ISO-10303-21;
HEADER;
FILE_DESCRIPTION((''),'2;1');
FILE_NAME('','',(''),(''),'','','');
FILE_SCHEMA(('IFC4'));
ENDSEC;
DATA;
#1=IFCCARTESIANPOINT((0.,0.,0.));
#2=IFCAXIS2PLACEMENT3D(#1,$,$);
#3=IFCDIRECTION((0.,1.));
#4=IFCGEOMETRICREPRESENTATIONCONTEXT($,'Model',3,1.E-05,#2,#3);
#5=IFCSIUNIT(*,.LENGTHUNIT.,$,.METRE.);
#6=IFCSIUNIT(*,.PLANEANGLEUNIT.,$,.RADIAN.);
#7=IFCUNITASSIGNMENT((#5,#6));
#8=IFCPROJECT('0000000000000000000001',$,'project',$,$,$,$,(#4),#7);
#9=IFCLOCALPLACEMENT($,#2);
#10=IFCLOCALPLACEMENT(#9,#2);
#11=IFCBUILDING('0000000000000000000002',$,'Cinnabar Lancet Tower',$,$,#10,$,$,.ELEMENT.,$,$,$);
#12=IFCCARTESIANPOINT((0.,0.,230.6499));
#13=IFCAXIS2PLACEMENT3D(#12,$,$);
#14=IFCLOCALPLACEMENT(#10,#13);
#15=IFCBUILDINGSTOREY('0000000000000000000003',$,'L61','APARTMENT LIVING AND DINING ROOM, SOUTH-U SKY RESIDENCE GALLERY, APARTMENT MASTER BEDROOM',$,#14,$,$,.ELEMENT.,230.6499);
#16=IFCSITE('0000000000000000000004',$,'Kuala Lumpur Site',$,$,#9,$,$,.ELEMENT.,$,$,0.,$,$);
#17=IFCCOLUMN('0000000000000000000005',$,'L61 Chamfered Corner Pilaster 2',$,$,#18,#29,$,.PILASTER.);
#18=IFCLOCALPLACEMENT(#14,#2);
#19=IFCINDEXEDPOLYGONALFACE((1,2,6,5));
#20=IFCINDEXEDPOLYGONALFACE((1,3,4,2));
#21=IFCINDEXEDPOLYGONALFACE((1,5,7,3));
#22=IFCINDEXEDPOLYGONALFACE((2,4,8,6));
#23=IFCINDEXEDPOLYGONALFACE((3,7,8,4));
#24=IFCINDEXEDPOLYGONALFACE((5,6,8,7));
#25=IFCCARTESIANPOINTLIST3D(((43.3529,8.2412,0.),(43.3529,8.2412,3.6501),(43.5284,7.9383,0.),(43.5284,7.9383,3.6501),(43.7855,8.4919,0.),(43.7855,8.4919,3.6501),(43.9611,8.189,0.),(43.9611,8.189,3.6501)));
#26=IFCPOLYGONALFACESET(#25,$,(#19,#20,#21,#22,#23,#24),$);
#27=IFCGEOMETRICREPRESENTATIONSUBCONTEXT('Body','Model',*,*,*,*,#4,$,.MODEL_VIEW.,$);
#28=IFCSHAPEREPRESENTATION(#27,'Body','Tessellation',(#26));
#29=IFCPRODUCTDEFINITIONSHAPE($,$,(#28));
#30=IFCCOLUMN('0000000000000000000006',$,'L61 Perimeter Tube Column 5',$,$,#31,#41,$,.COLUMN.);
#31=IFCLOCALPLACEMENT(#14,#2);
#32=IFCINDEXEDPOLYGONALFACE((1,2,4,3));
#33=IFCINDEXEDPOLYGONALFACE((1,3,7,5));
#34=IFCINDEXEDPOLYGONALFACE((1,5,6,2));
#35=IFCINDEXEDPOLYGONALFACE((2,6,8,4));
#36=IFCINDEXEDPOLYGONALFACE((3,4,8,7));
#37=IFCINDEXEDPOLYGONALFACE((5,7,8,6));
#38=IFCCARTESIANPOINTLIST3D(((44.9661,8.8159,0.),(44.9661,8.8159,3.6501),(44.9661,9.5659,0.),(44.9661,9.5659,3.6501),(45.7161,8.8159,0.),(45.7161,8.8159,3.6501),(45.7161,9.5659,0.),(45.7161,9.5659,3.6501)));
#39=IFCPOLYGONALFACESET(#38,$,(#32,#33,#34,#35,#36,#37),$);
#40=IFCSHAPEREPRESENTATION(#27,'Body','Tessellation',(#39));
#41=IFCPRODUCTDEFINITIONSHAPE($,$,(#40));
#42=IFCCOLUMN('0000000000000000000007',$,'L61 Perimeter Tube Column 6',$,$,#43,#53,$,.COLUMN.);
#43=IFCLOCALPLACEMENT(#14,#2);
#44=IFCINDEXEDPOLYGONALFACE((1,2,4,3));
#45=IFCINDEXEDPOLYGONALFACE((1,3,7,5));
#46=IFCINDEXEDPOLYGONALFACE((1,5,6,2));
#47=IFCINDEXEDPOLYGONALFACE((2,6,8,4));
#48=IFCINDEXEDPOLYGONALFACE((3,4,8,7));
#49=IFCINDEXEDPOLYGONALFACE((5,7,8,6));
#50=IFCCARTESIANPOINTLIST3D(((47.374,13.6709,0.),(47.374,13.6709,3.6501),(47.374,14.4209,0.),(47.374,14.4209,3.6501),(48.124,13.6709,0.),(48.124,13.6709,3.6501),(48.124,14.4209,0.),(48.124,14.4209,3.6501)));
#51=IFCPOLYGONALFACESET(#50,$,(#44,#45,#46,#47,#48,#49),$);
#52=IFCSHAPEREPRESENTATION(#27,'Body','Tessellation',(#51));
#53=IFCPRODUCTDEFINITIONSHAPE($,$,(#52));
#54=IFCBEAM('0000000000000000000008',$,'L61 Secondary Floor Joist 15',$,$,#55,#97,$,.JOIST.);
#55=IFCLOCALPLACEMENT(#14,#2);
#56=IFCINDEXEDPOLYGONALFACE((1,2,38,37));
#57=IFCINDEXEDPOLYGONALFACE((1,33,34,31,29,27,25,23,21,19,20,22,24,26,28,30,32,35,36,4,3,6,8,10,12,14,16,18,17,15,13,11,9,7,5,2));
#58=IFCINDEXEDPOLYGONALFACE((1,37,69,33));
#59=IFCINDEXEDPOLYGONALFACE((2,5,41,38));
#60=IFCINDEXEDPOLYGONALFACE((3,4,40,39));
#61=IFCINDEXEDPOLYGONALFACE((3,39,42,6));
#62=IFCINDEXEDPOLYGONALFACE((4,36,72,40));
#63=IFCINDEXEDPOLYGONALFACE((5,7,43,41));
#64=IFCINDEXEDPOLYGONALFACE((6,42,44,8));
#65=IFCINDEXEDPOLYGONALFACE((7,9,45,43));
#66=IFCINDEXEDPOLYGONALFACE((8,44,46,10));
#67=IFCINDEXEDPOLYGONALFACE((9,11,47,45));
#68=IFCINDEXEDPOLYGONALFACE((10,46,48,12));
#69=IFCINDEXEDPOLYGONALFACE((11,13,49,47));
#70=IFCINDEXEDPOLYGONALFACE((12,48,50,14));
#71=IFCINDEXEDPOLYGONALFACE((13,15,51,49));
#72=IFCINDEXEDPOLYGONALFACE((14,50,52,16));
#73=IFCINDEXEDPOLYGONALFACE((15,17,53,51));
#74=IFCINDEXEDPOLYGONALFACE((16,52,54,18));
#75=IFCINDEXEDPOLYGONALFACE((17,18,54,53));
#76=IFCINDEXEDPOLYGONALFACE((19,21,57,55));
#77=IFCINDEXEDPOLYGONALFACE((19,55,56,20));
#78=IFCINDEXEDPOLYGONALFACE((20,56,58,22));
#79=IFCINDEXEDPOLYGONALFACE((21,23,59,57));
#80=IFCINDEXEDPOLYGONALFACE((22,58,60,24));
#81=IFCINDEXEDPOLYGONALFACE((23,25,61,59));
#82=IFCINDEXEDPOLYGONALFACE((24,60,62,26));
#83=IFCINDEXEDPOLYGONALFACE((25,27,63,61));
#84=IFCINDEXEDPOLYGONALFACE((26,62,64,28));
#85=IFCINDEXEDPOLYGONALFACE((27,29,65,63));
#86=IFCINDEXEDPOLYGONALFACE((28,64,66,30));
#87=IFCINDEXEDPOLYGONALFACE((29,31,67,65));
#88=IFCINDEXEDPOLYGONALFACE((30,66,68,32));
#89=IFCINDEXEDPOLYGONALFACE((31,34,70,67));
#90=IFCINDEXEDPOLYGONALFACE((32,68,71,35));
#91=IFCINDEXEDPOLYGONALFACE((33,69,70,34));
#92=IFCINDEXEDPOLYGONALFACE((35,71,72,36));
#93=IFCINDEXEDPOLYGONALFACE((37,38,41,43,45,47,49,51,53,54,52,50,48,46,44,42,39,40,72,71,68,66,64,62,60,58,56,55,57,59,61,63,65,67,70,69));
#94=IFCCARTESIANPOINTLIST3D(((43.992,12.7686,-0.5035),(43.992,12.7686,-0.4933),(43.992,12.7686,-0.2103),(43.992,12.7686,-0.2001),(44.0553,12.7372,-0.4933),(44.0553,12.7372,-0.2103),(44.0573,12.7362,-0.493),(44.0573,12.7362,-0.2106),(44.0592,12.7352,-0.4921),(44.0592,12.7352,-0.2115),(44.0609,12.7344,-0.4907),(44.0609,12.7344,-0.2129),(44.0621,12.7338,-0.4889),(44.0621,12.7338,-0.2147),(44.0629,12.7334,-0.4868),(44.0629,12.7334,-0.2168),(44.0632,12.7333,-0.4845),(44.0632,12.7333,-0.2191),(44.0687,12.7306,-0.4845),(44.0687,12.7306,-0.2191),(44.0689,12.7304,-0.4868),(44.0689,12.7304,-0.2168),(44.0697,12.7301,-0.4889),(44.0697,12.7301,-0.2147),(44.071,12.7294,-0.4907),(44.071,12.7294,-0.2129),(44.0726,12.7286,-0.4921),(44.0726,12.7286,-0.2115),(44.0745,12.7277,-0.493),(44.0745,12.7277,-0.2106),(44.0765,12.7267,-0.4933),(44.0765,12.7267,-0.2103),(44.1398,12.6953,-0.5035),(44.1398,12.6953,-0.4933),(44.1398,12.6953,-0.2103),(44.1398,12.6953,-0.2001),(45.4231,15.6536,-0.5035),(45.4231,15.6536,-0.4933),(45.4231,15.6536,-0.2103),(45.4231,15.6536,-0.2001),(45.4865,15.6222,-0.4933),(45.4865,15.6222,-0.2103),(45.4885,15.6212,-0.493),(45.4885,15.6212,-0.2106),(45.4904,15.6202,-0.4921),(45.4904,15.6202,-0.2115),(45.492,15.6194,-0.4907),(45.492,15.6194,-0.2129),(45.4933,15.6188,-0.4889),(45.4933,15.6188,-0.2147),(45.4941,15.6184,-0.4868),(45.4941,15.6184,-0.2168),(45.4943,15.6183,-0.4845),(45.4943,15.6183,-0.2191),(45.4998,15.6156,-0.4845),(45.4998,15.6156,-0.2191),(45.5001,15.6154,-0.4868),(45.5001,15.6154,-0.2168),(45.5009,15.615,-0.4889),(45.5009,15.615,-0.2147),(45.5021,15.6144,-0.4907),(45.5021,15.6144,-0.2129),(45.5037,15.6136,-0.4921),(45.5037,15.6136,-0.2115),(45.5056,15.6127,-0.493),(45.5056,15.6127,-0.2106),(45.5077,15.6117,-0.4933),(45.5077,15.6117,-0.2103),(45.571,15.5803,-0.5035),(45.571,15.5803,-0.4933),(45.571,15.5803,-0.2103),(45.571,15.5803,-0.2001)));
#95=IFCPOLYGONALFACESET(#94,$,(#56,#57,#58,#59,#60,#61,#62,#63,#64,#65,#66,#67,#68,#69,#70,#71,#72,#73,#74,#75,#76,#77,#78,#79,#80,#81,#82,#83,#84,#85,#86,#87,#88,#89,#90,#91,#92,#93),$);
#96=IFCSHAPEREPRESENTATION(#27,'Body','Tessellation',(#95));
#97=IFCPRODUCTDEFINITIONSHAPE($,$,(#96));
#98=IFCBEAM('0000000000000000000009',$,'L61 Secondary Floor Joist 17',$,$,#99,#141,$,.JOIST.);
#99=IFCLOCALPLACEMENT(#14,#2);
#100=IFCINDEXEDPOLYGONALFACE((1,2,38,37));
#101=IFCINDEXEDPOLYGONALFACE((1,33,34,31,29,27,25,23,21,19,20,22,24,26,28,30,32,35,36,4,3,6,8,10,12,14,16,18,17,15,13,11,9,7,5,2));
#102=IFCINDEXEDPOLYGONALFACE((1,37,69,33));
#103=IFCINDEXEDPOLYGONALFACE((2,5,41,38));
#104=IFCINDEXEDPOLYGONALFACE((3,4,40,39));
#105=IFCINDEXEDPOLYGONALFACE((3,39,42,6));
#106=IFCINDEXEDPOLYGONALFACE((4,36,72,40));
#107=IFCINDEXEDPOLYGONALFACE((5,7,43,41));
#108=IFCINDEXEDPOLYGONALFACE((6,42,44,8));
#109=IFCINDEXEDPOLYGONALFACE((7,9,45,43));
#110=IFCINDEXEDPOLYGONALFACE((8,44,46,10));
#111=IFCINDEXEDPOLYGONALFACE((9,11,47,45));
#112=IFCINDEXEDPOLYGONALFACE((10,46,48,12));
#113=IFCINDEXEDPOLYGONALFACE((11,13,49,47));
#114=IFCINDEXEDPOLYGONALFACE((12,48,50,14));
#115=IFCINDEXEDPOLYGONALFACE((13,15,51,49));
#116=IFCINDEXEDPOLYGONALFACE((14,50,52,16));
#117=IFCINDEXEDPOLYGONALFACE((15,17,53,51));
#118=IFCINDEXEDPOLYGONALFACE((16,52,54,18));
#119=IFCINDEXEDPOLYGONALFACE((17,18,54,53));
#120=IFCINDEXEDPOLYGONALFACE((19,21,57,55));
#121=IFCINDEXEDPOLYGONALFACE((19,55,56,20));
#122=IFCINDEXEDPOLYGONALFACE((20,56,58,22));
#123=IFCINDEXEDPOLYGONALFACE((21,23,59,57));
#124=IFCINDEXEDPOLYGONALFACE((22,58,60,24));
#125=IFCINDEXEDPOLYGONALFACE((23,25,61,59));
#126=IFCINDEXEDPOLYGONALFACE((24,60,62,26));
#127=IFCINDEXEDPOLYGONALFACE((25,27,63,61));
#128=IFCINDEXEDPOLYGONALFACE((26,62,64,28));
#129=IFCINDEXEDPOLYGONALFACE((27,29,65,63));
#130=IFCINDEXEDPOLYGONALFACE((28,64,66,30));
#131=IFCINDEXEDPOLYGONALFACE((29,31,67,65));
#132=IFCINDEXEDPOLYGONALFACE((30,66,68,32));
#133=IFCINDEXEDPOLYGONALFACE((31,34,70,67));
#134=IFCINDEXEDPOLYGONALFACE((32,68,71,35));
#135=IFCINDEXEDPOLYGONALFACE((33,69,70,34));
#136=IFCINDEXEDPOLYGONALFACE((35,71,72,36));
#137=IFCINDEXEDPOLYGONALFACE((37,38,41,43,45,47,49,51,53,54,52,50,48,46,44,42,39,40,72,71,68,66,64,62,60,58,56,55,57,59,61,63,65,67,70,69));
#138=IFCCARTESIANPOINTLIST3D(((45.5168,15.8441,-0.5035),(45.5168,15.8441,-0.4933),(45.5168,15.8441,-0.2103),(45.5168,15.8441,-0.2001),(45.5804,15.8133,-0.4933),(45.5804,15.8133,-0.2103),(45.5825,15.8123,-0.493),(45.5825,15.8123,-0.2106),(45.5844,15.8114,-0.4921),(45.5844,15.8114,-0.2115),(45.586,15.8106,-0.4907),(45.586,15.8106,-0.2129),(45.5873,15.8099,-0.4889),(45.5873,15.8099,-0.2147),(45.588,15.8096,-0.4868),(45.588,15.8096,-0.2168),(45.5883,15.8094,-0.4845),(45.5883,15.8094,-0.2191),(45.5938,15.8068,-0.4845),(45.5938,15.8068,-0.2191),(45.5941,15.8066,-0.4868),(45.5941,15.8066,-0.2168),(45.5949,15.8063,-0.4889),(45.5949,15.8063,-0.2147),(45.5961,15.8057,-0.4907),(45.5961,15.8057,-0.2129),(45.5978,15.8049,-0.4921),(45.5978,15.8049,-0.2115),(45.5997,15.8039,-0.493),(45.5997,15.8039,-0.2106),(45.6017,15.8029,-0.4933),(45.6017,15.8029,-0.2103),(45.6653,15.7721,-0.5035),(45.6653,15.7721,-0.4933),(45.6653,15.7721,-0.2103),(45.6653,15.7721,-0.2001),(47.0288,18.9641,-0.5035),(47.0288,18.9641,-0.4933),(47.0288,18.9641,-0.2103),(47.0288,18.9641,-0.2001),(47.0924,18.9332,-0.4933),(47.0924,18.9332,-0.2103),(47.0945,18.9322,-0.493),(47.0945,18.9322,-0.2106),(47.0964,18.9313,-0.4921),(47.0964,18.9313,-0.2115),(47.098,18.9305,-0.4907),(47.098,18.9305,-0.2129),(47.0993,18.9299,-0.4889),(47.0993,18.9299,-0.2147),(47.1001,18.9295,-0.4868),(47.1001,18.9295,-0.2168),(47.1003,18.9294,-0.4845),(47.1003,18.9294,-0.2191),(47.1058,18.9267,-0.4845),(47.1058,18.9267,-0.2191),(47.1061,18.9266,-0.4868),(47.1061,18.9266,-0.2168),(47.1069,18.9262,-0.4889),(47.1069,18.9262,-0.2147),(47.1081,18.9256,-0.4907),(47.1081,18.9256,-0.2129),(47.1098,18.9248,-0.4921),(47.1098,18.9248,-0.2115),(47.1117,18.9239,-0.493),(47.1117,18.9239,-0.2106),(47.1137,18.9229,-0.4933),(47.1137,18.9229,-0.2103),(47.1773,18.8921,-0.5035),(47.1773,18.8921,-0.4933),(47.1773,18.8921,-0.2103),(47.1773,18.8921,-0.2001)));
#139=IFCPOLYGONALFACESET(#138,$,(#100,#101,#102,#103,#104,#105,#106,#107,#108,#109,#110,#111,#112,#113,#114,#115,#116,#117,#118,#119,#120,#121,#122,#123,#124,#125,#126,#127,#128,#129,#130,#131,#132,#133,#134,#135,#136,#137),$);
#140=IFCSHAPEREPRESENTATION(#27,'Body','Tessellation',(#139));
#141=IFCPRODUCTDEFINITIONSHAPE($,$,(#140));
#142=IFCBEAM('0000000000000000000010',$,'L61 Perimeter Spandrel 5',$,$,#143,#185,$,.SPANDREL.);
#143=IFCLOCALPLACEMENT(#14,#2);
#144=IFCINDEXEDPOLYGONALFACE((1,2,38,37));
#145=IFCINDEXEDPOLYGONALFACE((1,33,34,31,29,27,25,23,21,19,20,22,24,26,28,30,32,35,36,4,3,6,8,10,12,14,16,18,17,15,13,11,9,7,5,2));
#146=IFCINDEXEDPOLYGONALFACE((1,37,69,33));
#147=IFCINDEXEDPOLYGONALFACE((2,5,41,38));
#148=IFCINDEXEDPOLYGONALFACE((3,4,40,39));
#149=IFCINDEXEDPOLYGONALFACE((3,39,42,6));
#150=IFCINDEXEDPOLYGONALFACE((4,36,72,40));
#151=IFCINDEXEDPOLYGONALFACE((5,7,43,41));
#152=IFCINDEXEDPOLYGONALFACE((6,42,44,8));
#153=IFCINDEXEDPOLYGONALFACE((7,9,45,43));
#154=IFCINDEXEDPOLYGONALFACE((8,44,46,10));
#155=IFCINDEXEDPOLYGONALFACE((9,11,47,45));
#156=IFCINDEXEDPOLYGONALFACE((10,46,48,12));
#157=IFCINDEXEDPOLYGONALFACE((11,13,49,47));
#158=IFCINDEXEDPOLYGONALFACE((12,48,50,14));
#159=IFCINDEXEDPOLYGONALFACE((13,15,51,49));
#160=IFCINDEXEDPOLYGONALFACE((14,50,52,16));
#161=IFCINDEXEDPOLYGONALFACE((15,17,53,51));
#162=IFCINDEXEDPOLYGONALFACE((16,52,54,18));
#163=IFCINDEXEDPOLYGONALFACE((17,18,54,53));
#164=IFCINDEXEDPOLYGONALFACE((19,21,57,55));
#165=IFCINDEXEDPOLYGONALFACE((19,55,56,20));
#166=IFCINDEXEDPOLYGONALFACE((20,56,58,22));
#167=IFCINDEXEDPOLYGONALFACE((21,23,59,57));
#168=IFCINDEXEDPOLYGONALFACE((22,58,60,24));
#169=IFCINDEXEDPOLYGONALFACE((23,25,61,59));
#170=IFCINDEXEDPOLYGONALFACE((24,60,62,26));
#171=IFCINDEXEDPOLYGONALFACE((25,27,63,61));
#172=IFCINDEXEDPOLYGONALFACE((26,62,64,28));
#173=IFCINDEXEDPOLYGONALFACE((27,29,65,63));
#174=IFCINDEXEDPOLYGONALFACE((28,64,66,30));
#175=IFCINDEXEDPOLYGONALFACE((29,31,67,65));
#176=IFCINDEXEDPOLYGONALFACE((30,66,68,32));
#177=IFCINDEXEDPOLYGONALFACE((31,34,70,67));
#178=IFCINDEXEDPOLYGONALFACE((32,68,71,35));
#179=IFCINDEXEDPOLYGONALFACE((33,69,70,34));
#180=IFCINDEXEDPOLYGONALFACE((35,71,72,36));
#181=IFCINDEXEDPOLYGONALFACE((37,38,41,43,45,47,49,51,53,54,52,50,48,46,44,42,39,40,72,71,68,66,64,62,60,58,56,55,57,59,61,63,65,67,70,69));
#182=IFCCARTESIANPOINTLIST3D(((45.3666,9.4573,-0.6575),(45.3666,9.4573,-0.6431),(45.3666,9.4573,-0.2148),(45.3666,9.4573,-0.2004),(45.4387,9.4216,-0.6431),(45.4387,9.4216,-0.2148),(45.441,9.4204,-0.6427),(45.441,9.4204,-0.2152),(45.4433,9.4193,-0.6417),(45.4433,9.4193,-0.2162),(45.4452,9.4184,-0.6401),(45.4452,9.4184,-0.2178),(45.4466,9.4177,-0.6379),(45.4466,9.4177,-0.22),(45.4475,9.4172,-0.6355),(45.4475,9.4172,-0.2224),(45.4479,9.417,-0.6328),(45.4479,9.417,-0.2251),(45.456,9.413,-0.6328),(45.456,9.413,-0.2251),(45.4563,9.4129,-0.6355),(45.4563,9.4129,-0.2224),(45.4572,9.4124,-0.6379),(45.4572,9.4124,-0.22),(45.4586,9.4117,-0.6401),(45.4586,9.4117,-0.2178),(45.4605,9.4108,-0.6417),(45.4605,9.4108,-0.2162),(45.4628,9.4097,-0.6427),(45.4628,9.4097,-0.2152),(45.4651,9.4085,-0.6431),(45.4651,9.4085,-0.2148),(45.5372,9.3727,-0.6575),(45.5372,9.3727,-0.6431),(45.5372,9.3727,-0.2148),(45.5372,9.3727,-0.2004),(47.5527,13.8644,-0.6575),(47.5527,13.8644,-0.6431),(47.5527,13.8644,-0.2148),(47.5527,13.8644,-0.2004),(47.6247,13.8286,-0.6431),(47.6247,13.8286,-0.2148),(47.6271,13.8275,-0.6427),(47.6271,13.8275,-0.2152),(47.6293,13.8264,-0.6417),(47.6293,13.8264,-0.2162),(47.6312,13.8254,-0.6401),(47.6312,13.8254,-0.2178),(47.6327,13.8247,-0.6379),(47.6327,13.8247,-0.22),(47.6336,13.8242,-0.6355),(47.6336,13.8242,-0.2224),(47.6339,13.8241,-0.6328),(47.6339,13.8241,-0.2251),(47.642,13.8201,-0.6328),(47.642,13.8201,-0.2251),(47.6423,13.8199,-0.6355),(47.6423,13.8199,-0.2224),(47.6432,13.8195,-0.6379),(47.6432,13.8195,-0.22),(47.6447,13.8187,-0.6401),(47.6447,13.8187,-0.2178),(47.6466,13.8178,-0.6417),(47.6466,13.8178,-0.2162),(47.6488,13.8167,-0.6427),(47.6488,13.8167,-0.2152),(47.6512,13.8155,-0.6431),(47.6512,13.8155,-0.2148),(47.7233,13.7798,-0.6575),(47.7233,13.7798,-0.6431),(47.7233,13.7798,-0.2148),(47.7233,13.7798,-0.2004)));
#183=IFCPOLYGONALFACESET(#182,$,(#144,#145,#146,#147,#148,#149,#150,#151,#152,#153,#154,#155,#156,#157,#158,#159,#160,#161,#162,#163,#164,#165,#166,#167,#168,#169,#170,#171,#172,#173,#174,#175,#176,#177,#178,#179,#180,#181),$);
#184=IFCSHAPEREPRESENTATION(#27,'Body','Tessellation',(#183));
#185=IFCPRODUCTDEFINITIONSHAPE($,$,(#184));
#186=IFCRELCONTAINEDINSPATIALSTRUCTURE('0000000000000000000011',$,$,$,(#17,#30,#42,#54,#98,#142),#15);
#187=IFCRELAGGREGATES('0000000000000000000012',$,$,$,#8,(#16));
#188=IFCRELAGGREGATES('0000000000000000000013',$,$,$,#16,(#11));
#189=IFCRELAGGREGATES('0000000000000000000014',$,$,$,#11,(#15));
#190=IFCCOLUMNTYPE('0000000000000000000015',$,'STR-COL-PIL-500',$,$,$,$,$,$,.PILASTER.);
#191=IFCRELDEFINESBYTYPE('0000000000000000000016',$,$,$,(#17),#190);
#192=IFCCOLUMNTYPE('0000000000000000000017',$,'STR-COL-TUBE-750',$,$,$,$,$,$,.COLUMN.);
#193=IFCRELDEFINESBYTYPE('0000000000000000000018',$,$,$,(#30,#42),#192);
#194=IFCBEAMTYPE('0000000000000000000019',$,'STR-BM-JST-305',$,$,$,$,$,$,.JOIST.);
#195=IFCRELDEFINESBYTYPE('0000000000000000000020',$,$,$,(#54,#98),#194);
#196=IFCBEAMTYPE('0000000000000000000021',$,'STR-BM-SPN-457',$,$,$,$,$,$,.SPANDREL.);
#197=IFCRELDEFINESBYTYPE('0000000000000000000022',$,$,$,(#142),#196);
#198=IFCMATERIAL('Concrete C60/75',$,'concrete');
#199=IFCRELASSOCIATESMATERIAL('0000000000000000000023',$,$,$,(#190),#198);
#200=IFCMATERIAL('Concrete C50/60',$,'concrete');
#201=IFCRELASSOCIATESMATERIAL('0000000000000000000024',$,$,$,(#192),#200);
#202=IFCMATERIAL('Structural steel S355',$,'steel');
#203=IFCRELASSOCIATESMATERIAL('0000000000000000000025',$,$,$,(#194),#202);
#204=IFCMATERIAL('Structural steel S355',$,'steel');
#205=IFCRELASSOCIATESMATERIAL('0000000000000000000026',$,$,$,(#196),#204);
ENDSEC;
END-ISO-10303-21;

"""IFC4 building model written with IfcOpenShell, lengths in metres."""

from ifc_helpers import new_model, si_unit, direction, frame, origin, origin_2d, place, context, subcontext, project, spatial, rectangle, i_section, extrude, material, material_profile, profile_set, type_object, element, save


model = new_model("IFC4")

# Units and contexts
model_context = context("Model", 3, precision=1e-05, world=origin(), true_north=direction((0.0, 1.0)))
body_context = subcontext(model_context, "Body", "Model", "MODEL_VIEW")
ifc_project = project(units=[si_unit("LENGTHUNIT", "METRE"), si_unit("PLANEANGLEUNIT", "RADIAN")], contexts=[model_context])

# Site, building, storey
site_placement = place(None, origin())
site = spatial("IfcSite", under=ifc_project, at=site_placement, Name="Kuala Lumpur Site", CompositionType="ELEMENT", RefElevation=0.0)
building_placement = place(site_placement, origin())
building = spatial("IfcBuilding", under=site, at=building_placement, Name="Cinnabar Lancet Tower", CompositionType="ELEMENT")
storey_placement = place(building_placement, frame((0.0, 0.0, 230.6499)))
storey = spatial("IfcBuildingStorey", under=building, at=storey_placement, Name="L61", Description="APARTMENT LIVING AND DINING ROOM, SOUTH-U SKY RESIDENCE GALLERY, APARTMENT MASTER BEDROOM", CompositionType="ELEMENT", Elevation=230.6499)

# Columns
ifc_material_1 = material(Name="Concrete C60/75", Category="concrete")
ifc_material_profile_1 = material_profile(ifc_material_1, rectangle(XDim=0.5, YDim=0.3501, at=origin_2d()), Name="RC-PIL 500x350")
ifc_profile_set_1 = profile_set([ifc_material_profile_1], Name="Concrete C60/75")
column_type_1 = type_object("IfcColumnType", Name="STR-COL-PIL-500", PredefinedType="PILASTER", material=ifc_profile_set_1)
column_placement = place(storey_placement, frame((43.657, 8.2151, 0.0), z_axis=(0.0, 0.0, 1.0), x_axis=(0.865256, 0.50133, 0.0)))
element("IfcColumn", 1, at=column_placement, inside=storey, type_object=column_type_1, Name="L61 Chamfered Corner Pilaster 2", PredefinedType="PILASTER", context=body_context, shape_type="SweptSolid", body=[
    extrude(rectangle(XDim=0.5, YDim=0.3501, at=origin_2d()), origin(), (0.0, 0.0, 1.0), 3.6501),
])
ifc_material_2 = material(Name="Concrete C50/60", Category="concrete")
ifc_material_profile_2 = material_profile(ifc_material_2, rectangle(XDim=0.75, YDim=0.75, at=origin_2d()), Name="RC-COL 750x750")
ifc_profile_set_2 = profile_set([ifc_material_profile_2], Name="Concrete C50/60")
column_type_2 = type_object("IfcColumnType", Name="STR-COL-TUBE-750", PredefinedType="COLUMN", material=ifc_profile_set_2)
for number, where, z_axis, x_axis, name in (
    (2, (45.3411, 9.1909, 0.0), (0.0, 0.0, 1.0), (1.0, 0.0, 0.0), "L61 Perimeter Tube Column 5"),
    (3, (47.749, 14.0459, 0.0), (0.0, 0.0, 1.0), (1.0, 0.0, 0.0), "L61 Perimeter Tube Column 6"),
):
    element("IfcColumn", number, at=place(storey_placement, frame(where, z_axis=z_axis, x_axis=x_axis)), inside=storey, type_object=column_type_2, Name=name, PredefinedType="COLUMN", context=body_context, shape_type="SweptSolid", body=[
        extrude(rectangle(XDim=0.75, YDim=0.75, at=origin_2d()), origin(), (0.0, 0.0, 1.0), 3.6501),
    ])

# Beams
ifc_material_3 = material(Name="Structural steel S355", Category="steel")
ifc_material_profile_3 = material_profile(ifc_material_3, i_section(OverallWidth=0.165, OverallDepth=0.3035, WebThickness=0.0061, FlangeThickness=0.0103, FilletRadius=0.0088, at=origin_2d()), Name="UKB 305x165x40")
ifc_profile_set_3 = profile_set([ifc_material_profile_3], Name="Structural steel S355")
beam_type_1 = type_object("IfcBeamType", Name="STR-BM-JST-305", PredefinedType="JOIST", material=ifc_profile_set_3)
beam_1_placement = place(storey_placement, frame((44.0659, 12.7319, -0.3518), z_axis=(0.444391, 0.895833, 0.0), x_axis=(-0.895833, 0.444391, 0.0)))
element("IfcBeam", 4, at=beam_1_placement, inside=storey, type_object=beam_type_1, Name="L61 Secondary Floor Joist 15", PredefinedType="JOIST", context=body_context, shape_type="SweptSolid", body=[
    extrude(i_section(OverallWidth=0.165, OverallDepth=0.3035, WebThickness=0.0061, FlangeThickness=0.0103, FilletRadius=0.0088, at=origin_2d()), origin(), (0.0, 0.0, 1.0), 3.2205),
])
beam_2_placement = place(storey_placement, frame((45.5911, 15.8081, -0.3518), z_axis=(0.436109, 0.899894, 0.0), x_axis=(-0.899894, 0.436109, 0.0)))
element("IfcBeam", 5, at=beam_2_placement, inside=storey, type_object=beam_type_1, Name="L61 Secondary Floor Joist 17", PredefinedType="JOIST", context=body_context, shape_type="SweptSolid", body=[
    extrude(i_section(OverallWidth=0.165, OverallDepth=0.3035, WebThickness=0.0061, FlangeThickness=0.0103, FilletRadius=0.0088, at=origin_2d()), origin(), (0.0, 0.0, 1.0), 3.467),
])
ifc_material_4 = material(Name="Structural steel S355", Category="steel")
ifc_material_profile_4 = material_profile(ifc_material_4, i_section(OverallWidth=0.1904, OverallDepth=0.457, WebThickness=0.009, FlangeThickness=0.0144, FilletRadius=0.0103, at=origin_2d()), Name="UKB 457x191x74")
ifc_profile_set_4 = profile_set([ifc_material_profile_4], Name="Structural steel S355")
beam_type_2 = type_object("IfcBeamType", Name="STR-BM-SPN-457", PredefinedType="SPANDREL", material=ifc_profile_set_4)
beam_3_placement = place(storey_placement, frame((45.4519, 9.415, -0.429), z_axis=(0.444373, 0.895842, 0.0), x_axis=(-0.895842, 0.444373, 0.0)))
element("IfcBeam", 6, at=beam_3_placement, inside=storey, type_object=beam_type_2, Name="L61 Perimeter Spandrel 5", PredefinedType="SPANDREL", context=body_context, shape_type="SweptSolid", body=[
    extrude(i_section(OverallWidth=0.1904, OverallDepth=0.457, WebThickness=0.009, FlangeThickness=0.0144, FilletRadius=0.0103, at=origin_2d()), origin(), (0.0, 0.0, 1.0), 4.9194),
])

save(model, "model.ifc")
